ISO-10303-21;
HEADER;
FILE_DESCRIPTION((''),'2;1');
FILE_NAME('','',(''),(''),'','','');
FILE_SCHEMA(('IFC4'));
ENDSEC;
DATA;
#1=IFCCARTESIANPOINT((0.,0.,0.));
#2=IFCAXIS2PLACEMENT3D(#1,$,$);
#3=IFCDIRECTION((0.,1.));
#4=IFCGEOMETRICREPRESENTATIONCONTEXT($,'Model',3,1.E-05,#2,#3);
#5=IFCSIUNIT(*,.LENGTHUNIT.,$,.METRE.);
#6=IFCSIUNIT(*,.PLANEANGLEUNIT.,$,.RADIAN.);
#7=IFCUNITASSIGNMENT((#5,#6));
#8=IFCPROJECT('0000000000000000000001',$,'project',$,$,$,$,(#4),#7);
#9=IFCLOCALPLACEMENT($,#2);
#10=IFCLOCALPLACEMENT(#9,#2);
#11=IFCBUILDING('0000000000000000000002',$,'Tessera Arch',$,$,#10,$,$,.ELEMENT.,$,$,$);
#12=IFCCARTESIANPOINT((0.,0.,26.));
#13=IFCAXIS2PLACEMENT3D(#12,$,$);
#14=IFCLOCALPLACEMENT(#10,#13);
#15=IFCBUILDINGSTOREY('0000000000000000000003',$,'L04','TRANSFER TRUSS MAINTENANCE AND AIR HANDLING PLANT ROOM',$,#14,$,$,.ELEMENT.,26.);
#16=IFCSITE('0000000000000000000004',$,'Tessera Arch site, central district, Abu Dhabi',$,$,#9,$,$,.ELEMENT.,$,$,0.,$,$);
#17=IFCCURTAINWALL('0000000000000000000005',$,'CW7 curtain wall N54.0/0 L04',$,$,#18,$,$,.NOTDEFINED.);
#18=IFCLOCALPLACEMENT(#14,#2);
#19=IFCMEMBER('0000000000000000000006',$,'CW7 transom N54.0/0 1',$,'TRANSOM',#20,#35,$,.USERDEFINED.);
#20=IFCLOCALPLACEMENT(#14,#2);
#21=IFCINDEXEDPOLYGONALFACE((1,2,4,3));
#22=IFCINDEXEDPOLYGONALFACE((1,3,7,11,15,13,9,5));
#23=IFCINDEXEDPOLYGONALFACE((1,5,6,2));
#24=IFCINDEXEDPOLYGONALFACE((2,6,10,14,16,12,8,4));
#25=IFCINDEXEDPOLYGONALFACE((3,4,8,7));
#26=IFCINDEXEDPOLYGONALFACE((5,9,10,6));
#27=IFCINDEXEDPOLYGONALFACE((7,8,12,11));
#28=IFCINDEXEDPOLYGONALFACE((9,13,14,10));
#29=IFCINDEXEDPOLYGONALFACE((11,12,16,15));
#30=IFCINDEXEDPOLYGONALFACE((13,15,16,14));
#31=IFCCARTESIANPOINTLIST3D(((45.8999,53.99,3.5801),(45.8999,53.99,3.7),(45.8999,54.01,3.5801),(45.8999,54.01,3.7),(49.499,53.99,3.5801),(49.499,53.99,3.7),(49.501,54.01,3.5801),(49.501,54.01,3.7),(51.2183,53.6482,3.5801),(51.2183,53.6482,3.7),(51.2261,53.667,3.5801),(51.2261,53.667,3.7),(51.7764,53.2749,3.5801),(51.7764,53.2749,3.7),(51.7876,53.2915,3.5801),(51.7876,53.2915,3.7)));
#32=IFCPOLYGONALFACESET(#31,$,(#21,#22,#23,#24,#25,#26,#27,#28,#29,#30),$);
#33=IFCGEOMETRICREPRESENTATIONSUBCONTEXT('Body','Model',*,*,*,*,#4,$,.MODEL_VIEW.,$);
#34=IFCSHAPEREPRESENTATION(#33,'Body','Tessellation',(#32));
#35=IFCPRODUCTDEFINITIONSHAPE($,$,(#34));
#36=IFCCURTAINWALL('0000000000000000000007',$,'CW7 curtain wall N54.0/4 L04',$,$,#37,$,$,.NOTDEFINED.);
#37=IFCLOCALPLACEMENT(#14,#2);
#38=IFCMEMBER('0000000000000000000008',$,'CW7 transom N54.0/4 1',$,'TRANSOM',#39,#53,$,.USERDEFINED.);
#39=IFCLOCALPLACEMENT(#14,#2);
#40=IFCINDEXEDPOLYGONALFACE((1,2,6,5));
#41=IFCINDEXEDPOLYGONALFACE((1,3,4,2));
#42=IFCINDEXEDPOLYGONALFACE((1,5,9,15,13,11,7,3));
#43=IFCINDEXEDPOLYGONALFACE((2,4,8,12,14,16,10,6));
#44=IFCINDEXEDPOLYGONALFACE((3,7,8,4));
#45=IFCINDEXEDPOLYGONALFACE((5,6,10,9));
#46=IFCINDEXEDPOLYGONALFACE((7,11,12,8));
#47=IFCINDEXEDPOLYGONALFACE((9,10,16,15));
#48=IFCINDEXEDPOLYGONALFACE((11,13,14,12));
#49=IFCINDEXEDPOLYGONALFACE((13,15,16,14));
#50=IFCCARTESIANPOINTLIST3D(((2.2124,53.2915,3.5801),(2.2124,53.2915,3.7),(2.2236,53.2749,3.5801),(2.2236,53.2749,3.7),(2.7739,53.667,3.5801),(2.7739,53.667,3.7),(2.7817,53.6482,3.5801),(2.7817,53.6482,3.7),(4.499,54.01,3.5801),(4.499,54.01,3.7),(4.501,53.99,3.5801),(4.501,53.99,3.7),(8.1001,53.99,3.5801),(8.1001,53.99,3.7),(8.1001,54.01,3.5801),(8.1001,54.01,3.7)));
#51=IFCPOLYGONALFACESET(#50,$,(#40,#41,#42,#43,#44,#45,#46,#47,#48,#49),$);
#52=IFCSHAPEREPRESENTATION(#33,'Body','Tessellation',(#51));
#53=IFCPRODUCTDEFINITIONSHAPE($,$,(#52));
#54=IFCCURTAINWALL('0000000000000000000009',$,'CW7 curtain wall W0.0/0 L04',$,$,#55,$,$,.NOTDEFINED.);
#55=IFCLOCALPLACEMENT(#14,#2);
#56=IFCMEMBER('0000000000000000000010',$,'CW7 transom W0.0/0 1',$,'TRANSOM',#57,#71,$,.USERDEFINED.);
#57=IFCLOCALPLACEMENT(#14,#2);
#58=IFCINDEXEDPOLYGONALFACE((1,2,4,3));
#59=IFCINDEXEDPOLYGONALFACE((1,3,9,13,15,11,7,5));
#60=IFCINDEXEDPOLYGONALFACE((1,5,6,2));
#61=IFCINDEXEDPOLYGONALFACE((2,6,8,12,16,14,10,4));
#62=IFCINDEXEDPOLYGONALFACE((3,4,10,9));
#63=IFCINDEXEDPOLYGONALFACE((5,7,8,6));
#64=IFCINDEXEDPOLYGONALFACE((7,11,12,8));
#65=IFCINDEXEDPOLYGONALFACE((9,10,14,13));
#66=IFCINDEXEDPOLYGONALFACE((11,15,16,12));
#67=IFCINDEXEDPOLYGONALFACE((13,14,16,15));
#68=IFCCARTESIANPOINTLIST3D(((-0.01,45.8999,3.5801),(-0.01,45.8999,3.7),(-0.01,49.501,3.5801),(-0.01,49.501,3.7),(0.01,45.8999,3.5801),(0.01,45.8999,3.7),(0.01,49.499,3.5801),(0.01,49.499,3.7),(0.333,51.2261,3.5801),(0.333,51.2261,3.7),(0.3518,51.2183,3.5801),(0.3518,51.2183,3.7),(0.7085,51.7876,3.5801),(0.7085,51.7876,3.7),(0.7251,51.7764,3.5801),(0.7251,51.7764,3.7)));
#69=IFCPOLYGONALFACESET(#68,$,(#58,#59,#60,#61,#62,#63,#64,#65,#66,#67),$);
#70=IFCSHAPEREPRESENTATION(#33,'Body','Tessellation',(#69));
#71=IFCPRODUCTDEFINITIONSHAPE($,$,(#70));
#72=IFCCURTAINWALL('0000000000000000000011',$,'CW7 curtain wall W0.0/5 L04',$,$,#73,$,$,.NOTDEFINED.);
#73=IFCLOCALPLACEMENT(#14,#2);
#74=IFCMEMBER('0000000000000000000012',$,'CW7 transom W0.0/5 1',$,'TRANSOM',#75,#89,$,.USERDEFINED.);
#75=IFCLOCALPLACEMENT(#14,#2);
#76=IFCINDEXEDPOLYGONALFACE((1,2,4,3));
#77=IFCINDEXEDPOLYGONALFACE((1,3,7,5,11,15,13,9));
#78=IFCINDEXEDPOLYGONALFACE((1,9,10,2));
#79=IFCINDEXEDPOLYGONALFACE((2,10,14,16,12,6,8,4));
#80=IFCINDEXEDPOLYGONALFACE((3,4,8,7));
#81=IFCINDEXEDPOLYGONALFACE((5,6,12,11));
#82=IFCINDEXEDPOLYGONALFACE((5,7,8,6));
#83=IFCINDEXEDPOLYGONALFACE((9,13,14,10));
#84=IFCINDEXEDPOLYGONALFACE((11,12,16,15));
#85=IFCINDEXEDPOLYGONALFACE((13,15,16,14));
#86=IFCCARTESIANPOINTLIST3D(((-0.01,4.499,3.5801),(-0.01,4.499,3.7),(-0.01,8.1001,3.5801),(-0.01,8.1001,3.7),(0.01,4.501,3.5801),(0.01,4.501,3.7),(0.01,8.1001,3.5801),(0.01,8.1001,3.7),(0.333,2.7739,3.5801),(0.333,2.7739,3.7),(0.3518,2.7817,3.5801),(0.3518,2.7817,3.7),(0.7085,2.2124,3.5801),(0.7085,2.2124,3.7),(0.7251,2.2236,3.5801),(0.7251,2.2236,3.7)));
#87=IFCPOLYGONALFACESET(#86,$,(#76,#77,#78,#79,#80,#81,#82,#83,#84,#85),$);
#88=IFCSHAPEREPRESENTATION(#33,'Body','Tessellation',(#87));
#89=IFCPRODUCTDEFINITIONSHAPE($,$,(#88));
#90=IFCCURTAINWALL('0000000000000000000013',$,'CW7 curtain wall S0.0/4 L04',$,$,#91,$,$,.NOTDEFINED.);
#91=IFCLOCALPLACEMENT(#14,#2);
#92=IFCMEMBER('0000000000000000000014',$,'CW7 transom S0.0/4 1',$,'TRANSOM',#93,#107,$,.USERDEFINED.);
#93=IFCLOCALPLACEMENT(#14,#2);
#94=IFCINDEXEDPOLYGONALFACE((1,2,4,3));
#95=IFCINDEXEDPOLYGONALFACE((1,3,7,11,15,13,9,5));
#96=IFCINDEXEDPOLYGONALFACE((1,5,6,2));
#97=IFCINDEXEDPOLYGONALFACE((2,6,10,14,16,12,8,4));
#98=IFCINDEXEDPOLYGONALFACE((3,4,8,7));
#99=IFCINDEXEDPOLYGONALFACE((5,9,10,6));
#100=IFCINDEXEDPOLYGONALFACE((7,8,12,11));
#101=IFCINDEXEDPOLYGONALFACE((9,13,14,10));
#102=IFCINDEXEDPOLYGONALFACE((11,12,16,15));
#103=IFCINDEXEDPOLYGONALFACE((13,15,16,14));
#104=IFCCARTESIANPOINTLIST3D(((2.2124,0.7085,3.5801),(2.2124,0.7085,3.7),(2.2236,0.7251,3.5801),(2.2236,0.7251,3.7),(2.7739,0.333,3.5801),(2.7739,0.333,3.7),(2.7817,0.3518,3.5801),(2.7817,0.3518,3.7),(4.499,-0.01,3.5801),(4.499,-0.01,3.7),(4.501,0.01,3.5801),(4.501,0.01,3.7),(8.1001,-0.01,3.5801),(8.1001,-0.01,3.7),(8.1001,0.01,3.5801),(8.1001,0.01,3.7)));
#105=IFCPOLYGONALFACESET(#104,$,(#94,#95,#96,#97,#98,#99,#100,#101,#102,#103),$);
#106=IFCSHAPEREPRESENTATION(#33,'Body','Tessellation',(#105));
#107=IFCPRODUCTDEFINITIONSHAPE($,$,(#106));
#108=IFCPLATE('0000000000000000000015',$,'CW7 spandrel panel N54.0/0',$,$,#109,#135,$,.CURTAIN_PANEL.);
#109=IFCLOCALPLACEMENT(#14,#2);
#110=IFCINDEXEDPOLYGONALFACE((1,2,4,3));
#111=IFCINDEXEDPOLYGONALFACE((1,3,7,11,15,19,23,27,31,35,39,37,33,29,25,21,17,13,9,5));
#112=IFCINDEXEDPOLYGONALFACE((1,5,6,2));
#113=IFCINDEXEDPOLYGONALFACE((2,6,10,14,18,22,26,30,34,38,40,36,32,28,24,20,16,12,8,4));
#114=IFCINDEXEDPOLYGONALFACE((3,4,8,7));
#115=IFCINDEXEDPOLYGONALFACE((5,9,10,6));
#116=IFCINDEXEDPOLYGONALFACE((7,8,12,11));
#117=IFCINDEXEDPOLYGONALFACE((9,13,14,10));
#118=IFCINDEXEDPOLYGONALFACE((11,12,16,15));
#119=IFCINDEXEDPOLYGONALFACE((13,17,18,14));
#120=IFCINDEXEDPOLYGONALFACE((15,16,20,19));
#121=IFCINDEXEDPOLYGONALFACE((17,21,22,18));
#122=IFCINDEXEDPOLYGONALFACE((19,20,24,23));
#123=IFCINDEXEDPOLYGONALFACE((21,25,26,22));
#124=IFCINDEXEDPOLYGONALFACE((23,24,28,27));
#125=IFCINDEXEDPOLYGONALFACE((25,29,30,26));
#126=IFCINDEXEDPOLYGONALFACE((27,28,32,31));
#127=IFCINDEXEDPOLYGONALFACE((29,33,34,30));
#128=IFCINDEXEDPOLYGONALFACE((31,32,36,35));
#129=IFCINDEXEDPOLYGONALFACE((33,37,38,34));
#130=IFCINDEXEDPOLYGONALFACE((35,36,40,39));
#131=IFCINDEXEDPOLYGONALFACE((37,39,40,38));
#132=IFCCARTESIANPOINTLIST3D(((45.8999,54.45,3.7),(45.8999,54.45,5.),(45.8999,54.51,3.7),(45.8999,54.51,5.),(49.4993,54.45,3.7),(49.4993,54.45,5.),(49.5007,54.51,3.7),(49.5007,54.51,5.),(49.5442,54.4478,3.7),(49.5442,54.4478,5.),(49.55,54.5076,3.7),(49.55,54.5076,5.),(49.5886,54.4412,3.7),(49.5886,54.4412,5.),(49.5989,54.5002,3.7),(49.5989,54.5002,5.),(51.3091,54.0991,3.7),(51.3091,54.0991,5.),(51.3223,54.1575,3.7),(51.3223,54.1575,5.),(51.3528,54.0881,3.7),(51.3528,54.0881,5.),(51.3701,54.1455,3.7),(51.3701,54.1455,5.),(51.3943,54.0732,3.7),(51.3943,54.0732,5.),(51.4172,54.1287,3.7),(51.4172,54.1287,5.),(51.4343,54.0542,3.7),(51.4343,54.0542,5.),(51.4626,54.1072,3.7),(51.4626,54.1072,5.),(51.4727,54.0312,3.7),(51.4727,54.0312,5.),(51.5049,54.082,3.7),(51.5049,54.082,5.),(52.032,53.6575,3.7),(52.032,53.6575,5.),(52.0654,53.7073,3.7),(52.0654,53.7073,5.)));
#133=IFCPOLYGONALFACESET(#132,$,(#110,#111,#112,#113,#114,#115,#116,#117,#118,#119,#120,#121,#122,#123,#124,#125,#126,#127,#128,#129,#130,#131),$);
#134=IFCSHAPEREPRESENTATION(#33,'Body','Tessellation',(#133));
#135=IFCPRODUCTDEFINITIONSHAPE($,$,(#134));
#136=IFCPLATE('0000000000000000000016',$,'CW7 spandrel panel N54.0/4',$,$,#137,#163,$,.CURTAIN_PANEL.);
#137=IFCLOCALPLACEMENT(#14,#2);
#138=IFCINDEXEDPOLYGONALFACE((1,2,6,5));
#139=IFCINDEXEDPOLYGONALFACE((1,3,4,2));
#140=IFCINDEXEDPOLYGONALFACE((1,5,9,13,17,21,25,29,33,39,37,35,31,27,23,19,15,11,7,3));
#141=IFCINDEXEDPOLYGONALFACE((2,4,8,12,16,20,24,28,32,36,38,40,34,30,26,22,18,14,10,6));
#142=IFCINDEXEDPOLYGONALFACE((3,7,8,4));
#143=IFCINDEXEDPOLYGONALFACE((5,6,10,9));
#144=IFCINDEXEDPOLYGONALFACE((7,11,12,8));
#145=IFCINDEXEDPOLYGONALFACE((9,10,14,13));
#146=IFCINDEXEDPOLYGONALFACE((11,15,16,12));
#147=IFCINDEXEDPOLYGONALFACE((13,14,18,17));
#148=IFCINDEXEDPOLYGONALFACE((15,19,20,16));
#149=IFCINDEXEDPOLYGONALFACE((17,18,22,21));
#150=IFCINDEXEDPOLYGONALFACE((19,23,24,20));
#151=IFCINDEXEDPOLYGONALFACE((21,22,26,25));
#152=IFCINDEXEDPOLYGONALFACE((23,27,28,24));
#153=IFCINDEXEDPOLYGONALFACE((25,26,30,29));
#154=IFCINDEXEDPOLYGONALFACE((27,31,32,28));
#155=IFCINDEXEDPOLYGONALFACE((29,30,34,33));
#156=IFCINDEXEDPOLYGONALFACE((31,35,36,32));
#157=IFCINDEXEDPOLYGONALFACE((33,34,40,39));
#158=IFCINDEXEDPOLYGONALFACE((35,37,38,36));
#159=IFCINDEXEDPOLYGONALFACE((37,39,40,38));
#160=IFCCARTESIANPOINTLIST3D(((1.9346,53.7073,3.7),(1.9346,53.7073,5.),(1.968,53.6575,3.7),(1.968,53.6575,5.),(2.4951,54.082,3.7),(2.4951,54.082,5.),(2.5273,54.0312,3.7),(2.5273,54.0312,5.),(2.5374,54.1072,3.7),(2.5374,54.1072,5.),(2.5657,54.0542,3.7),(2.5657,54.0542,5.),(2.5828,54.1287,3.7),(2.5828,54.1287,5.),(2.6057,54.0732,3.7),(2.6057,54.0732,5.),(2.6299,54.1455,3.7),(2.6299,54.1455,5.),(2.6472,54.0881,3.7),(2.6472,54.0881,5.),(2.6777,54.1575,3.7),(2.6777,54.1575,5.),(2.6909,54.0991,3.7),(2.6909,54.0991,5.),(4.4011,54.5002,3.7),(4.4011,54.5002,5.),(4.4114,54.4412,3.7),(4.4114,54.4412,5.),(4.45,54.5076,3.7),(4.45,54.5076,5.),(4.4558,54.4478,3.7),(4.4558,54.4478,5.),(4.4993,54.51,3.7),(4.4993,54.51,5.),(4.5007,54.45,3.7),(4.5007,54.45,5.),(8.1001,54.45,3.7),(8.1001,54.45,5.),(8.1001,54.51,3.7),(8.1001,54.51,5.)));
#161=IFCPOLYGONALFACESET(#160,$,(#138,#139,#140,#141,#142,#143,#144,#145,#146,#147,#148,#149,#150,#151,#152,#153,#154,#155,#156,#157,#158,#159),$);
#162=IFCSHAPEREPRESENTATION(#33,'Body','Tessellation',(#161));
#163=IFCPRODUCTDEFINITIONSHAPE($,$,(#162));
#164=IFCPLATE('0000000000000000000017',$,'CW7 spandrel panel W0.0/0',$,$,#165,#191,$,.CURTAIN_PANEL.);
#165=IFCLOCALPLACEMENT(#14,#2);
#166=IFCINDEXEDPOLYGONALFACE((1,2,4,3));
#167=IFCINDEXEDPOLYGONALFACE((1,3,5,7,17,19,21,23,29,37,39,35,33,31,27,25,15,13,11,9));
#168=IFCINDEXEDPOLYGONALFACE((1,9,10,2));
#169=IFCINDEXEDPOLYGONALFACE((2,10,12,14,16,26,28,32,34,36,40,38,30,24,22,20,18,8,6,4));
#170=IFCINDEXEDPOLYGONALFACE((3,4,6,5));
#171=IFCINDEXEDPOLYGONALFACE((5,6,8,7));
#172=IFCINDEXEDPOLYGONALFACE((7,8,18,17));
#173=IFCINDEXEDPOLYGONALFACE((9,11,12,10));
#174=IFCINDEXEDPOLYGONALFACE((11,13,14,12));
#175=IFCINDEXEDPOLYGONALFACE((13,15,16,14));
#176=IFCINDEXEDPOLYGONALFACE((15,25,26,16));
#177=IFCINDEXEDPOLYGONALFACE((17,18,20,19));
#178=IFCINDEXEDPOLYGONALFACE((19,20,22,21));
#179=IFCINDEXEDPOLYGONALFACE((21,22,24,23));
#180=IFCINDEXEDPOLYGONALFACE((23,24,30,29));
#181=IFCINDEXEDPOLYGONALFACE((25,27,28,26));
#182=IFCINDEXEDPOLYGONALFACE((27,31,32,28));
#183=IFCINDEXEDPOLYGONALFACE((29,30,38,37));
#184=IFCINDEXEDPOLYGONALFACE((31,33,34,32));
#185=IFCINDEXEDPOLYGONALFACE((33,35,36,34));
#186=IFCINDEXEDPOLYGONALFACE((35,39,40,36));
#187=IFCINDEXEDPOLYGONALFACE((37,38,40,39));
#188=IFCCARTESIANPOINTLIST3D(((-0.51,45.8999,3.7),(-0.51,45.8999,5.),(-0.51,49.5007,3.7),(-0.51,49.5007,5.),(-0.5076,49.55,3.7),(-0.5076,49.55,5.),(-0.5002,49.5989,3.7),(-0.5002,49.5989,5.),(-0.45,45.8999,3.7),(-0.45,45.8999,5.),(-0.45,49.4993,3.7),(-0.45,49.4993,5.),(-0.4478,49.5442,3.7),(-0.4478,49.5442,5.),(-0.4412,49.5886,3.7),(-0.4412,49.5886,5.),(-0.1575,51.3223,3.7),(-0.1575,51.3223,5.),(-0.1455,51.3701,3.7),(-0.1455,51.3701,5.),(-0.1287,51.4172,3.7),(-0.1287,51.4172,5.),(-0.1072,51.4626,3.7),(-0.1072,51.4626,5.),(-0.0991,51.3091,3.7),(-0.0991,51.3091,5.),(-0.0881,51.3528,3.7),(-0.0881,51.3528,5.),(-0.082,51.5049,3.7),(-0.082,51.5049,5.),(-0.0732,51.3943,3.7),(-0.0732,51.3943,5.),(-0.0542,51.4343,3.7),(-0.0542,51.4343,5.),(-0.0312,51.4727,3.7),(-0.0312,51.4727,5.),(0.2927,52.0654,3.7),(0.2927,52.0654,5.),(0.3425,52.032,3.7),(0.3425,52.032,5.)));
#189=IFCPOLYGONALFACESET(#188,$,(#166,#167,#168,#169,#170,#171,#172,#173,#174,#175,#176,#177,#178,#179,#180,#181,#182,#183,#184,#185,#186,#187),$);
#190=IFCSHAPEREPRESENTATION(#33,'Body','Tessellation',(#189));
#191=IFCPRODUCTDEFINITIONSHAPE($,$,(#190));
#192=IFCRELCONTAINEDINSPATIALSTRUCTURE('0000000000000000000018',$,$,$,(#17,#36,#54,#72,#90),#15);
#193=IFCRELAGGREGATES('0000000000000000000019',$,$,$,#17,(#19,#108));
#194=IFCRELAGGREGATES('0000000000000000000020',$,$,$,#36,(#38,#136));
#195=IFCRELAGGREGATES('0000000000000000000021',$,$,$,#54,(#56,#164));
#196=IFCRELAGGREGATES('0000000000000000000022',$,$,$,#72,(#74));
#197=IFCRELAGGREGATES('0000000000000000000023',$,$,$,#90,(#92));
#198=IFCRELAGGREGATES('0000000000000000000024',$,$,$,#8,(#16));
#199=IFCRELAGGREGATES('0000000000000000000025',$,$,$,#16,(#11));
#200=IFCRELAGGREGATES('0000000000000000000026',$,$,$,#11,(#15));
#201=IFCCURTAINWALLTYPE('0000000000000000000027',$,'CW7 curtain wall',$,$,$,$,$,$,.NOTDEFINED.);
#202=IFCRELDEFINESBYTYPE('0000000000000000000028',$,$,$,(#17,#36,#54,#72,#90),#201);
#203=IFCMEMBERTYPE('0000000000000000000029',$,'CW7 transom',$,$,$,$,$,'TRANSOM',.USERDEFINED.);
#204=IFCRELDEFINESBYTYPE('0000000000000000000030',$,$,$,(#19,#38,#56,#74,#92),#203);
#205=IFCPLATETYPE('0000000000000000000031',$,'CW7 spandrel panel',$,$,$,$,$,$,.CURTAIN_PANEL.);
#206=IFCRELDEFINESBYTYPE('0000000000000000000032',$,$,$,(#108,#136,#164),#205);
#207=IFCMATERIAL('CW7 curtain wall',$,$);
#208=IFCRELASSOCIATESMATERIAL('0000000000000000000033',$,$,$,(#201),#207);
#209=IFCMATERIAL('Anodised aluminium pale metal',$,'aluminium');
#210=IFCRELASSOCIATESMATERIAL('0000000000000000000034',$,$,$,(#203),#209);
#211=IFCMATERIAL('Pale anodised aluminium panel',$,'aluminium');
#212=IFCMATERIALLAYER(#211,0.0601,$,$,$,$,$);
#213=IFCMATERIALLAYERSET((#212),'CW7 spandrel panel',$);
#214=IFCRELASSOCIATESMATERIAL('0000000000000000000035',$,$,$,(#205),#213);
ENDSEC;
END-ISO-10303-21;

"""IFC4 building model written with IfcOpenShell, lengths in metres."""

from ifc_helpers import new_model, si_unit, direction, frame, origin, origin_2d, place, context, subcontext, project, spatial, polyline, rectangle, outline, extrude, material, layer, layer_set, material_profile, profile_set, type_object, element, aggregate, save


model = new_model("IFC4")

# Units and contexts
model_context = context("Model", 3, precision=1e-05, world=origin(), true_north=direction((0.0, 1.0)))
body_context = subcontext(model_context, "Body", "Model", "MODEL_VIEW")
ifc_project = project(units=[si_unit("LENGTHUNIT", "METRE"), si_unit("PLANEANGLEUNIT", "RADIAN")], contexts=[model_context])

# Site, building, storey
site_placement = place(None, origin())
site = spatial("IfcSite", under=ifc_project, at=site_placement, Name="Tessera Arch site, central district, Abu Dhabi", CompositionType="ELEMENT", RefElevation=0.0)
building_placement = place(site_placement, origin())
building = spatial("IfcBuilding", under=site, at=building_placement, Name="Tessera Arch", CompositionType="ELEMENT")
storey_placement = place(building_placement, frame((0.0, 0.0, 26.0)))
storey = spatial("IfcBuildingStorey", under=building, at=storey_placement, Name="L04", Description="TRANSFER TRUSS MAINTENANCE AND AIR HANDLING PLANT ROOM", CompositionType="ELEMENT", Elevation=26.0)

# Curtain walls, members
ifc_material_1 = material(Name="CW7 curtain wall")
curtain_wall_type = type_object("IfcCurtainWallType", Name="CW7 curtain wall", PredefinedType="NOTDEFINED", material=ifc_material_1)
curtain_wall_1_placement = place(storey_placement, origin())
curtain_wall_1 = element("IfcCurtainWall", 1, at=curtain_wall_1_placement, inside=storey, type_object=curtain_wall_type, Name="CW7 curtain wall N54.0/0 L04", PredefinedType="NOTDEFINED")
ifc_material_2 = material(Name="Anodised aluminium pale metal", Category="aluminium")
ifc_material_profile = material_profile(ifc_material_2, rectangle(XDim=0.1599, YDim=0.1201, at=origin_2d()), Name="AL 160x120")
ifc_profile_set = profile_set([ifc_material_profile], Name="Anodised aluminium pale metal")
member_type = type_object("IfcMemberType", Name="CW7 transom", ElementType="TRANSOM", PredefinedType="USERDEFINED", material=ifc_profile_set)
member_1_placement = place(storey_placement, frame((0.0, 0.0, 3.5801)))
member_1 = element("IfcMember", 2, at=member_1_placement, type_object=member_type, Name="CW7 transom N54.0/0 1", ObjectType="TRANSOM", PredefinedType="USERDEFINED", context=body_context, shape_type="SweptSolid", body=[
    extrude(outline(polyline([(51.2183, 53.6482), (51.7764, 53.2749), (51.7876, 53.2915), (51.2261, 53.667), (49.501, 54.01), (45.8999, 54.01), (45.8999, 53.99), (49.499, 53.99), (51.2183, 53.6482)])), origin(), (0.0, 0.0, 1.0), 0.1199),
])
curtain_wall_2_placement = place(storey_placement, origin())
curtain_wall_2 = element("IfcCurtainWall", 3, at=curtain_wall_2_placement, inside=storey, type_object=curtain_wall_type, Name="CW7 curtain wall N54.0/4 L04", PredefinedType="NOTDEFINED")
member_2_placement = place(storey_placement, frame((0.0, 0.0, 3.5801)))
member_2 = element("IfcMember", 4, at=member_2_placement, type_object=member_type, Name="CW7 transom N54.0/4 1", ObjectType="TRANSOM", PredefinedType="USERDEFINED", context=body_context, shape_type="SweptSolid", body=[
    extrude(outline(polyline([(4.501, 53.99), (8.1001, 53.99), (8.1001, 54.01), (4.499, 54.01), (2.7739, 53.667), (2.2124, 53.2915), (2.2236, 53.2749), (2.7817, 53.6482), (4.501, 53.99)])), origin(), (0.0, 0.0, 1.0), 0.1199),
])
curtain_wall_3_placement = place(storey_placement, origin())
curtain_wall_3 = element("IfcCurtainWall", 5, at=curtain_wall_3_placement, inside=storey, type_object=curtain_wall_type, Name="CW7 curtain wall W0.0/0 L04", PredefinedType="NOTDEFINED")
member_3_placement = place(storey_placement, frame((0.0, 0.0, 3.5801)))
member_3 = element("IfcMember", 6, at=member_3_placement, type_object=member_type, Name="CW7 transom W0.0/0 1", ObjectType="TRANSOM", PredefinedType="USERDEFINED", context=body_context, shape_type="SweptSolid", body=[
    extrude(outline(polyline([(0.3518, 51.2183), (0.7251, 51.7764), (0.7085, 51.7876), (0.333, 51.2261), (-0.01, 49.501), (-0.01, 45.8999), (0.01, 45.8999), (0.01, 49.499), (0.3518, 51.2183)])), origin(), (0.0, 0.0, 1.0), 0.1199),
])
curtain_wall_4_placement = place(storey_placement, origin())
curtain_wall_4 = element("IfcCurtainWall", 7, at=curtain_wall_4_placement, inside=storey, type_object=curtain_wall_type, Name="CW7 curtain wall W0.0/5 L04", PredefinedType="NOTDEFINED")
member_4_placement = place(storey_placement, frame((0.0, 0.0, 3.5801)))
member_4 = element("IfcMember", 8, at=member_4_placement, type_object=member_type, Name="CW7 transom W0.0/5 1", ObjectType="TRANSOM", PredefinedType="USERDEFINED", context=body_context, shape_type="SweptSolid", body=[
    extrude(outline(polyline([(0.01, 4.501), (0.01, 8.1001), (-0.01, 8.1001), (-0.01, 4.499), (0.333, 2.7739), (0.7085, 2.2124), (0.7251, 2.2236), (0.3518, 2.7817), (0.01, 4.501)])), origin(), (0.0, 0.0, 1.0), 0.1199),
])
curtain_wall_5_placement = place(storey_placement, origin())
curtain_wall_5 = element("IfcCurtainWall", 9, at=curtain_wall_5_placement, inside=storey, type_object=curtain_wall_type, Name="CW7 curtain wall S0.0/4 L04", PredefinedType="NOTDEFINED")
member_5_placement = place(storey_placement, frame((0.0, 0.0, 3.5801)))
member_5 = element("IfcMember", 10, at=member_5_placement, type_object=member_type, Name="CW7 transom S0.0/4 1", ObjectType="TRANSOM", PredefinedType="USERDEFINED", context=body_context, shape_type="SweptSolid", body=[
    extrude(outline(polyline([(2.7817, 0.3518), (2.2236, 0.7251), (2.2124, 0.7085), (2.7739, 0.333), (4.499, -0.01), (8.1001, -0.01), (8.1001, 0.01), (4.501, 0.01), (2.7817, 0.3518)])), origin(), (0.0, 0.0, 1.0), 0.1199),
])

# Plates
ifc_material_3 = material(Name="Pale anodised aluminium panel", Category="aluminium")
ifc_layer_1 = layer(ifc_material_3, 0.0601)
ifc_layer_set_1 = layer_set([ifc_layer_1], Name="CW7 spandrel panel")
plate_type = type_object("IfcPlateType", Name="CW7 spandrel panel", PredefinedType="CURTAIN_PANEL", material=ifc_layer_set_1)
plate_1_placement = place(storey_placement, frame((0.0, 0.0, 3.7)))
plate_1 = element("IfcPlate", 11, at=plate_1_placement, type_object=plate_type, Name="CW7 spandrel panel N54.0/0", PredefinedType="CURTAIN_PANEL", context=body_context, shape_type="SweptSolid", body=[
    extrude(outline(polyline([(51.4727, 54.0312), (52.032, 53.6575), (52.0654, 53.7073), (51.5049, 54.082), (51.4626, 54.1072), (51.4172, 54.1287), (51.3701, 54.1455), (51.3223, 54.1575), (49.5989, 54.5002), (49.55, 54.5076), (49.5007, 54.51), (45.8999, 54.51), (45.8999, 54.45), (49.4993, 54.45), (49.5442, 54.4478), (49.5886, 54.4412), (51.3091, 54.0991), (51.3528, 54.0881), (51.3943, 54.0732), (51.4343, 54.0542), (51.4727, 54.0312)])), origin(), (0.0, 0.0, 1.0), 1.3),
])
aggregate(curtain_wall_1, [member_1, plate_1])
plate_2_placement = place(storey_placement, frame((0.0, 0.0, 3.7)))
plate_2 = element("IfcPlate", 12, at=plate_2_placement, type_object=plate_type, Name="CW7 spandrel panel N54.0/4", PredefinedType="CURTAIN_PANEL", context=body_context, shape_type="SweptSolid", body=[
    extrude(outline(polyline([(4.5007, 54.45), (8.1001, 54.45), (8.1001, 54.51), (4.4993, 54.51), (4.45, 54.5076), (4.4011, 54.5002), (2.6777, 54.1575), (2.6299, 54.1455), (2.5828, 54.1287), (2.5374, 54.1072), (2.4951, 54.082), (1.9346, 53.7073), (1.968, 53.6575), (2.5273, 54.0312), (2.5657, 54.0542), (2.6057, 54.0732), (2.6472, 54.0881), (2.6909, 54.0991), (4.4114, 54.4412), (4.4558, 54.4478), (4.5007, 54.45)])), origin(), (0.0, 0.0, 1.0), 1.3),
])
aggregate(curtain_wall_2, [member_2, plate_2])
plate_3_placement = place(storey_placement, frame((0.0, 0.0, 3.7)))
plate_3 = element("IfcPlate", 13, at=plate_3_placement, type_object=plate_type, Name="CW7 spandrel panel W0.0/0", PredefinedType="CURTAIN_PANEL", context=body_context, shape_type="SweptSolid", body=[
    extrude(outline(polyline([(-0.0312, 51.4727), (0.3425, 52.032), (0.2927, 52.0654), (-0.082, 51.5049), (-0.1072, 51.4626), (-0.1287, 51.4172), (-0.1455, 51.3701), (-0.1575, 51.3223), (-0.5002, 49.5989), (-0.5076, 49.55), (-0.51, 49.5007), (-0.51, 45.8999), (-0.45, 45.8999), (-0.45, 49.4993), (-0.4478, 49.5442), (-0.4412, 49.5886), (-0.0991, 51.3091), (-0.0881, 51.3528), (-0.0732, 51.3943), (-0.0542, 51.4343), (-0.0312, 51.4727)])), origin(), (0.0, 0.0, 1.0), 1.3),
])
aggregate(curtain_wall_3, [member_3, plate_3])
aggregate(curtain_wall_4, [member_4])
aggregate(curtain_wall_5, [member_5])

save(model, "model.ifc")
